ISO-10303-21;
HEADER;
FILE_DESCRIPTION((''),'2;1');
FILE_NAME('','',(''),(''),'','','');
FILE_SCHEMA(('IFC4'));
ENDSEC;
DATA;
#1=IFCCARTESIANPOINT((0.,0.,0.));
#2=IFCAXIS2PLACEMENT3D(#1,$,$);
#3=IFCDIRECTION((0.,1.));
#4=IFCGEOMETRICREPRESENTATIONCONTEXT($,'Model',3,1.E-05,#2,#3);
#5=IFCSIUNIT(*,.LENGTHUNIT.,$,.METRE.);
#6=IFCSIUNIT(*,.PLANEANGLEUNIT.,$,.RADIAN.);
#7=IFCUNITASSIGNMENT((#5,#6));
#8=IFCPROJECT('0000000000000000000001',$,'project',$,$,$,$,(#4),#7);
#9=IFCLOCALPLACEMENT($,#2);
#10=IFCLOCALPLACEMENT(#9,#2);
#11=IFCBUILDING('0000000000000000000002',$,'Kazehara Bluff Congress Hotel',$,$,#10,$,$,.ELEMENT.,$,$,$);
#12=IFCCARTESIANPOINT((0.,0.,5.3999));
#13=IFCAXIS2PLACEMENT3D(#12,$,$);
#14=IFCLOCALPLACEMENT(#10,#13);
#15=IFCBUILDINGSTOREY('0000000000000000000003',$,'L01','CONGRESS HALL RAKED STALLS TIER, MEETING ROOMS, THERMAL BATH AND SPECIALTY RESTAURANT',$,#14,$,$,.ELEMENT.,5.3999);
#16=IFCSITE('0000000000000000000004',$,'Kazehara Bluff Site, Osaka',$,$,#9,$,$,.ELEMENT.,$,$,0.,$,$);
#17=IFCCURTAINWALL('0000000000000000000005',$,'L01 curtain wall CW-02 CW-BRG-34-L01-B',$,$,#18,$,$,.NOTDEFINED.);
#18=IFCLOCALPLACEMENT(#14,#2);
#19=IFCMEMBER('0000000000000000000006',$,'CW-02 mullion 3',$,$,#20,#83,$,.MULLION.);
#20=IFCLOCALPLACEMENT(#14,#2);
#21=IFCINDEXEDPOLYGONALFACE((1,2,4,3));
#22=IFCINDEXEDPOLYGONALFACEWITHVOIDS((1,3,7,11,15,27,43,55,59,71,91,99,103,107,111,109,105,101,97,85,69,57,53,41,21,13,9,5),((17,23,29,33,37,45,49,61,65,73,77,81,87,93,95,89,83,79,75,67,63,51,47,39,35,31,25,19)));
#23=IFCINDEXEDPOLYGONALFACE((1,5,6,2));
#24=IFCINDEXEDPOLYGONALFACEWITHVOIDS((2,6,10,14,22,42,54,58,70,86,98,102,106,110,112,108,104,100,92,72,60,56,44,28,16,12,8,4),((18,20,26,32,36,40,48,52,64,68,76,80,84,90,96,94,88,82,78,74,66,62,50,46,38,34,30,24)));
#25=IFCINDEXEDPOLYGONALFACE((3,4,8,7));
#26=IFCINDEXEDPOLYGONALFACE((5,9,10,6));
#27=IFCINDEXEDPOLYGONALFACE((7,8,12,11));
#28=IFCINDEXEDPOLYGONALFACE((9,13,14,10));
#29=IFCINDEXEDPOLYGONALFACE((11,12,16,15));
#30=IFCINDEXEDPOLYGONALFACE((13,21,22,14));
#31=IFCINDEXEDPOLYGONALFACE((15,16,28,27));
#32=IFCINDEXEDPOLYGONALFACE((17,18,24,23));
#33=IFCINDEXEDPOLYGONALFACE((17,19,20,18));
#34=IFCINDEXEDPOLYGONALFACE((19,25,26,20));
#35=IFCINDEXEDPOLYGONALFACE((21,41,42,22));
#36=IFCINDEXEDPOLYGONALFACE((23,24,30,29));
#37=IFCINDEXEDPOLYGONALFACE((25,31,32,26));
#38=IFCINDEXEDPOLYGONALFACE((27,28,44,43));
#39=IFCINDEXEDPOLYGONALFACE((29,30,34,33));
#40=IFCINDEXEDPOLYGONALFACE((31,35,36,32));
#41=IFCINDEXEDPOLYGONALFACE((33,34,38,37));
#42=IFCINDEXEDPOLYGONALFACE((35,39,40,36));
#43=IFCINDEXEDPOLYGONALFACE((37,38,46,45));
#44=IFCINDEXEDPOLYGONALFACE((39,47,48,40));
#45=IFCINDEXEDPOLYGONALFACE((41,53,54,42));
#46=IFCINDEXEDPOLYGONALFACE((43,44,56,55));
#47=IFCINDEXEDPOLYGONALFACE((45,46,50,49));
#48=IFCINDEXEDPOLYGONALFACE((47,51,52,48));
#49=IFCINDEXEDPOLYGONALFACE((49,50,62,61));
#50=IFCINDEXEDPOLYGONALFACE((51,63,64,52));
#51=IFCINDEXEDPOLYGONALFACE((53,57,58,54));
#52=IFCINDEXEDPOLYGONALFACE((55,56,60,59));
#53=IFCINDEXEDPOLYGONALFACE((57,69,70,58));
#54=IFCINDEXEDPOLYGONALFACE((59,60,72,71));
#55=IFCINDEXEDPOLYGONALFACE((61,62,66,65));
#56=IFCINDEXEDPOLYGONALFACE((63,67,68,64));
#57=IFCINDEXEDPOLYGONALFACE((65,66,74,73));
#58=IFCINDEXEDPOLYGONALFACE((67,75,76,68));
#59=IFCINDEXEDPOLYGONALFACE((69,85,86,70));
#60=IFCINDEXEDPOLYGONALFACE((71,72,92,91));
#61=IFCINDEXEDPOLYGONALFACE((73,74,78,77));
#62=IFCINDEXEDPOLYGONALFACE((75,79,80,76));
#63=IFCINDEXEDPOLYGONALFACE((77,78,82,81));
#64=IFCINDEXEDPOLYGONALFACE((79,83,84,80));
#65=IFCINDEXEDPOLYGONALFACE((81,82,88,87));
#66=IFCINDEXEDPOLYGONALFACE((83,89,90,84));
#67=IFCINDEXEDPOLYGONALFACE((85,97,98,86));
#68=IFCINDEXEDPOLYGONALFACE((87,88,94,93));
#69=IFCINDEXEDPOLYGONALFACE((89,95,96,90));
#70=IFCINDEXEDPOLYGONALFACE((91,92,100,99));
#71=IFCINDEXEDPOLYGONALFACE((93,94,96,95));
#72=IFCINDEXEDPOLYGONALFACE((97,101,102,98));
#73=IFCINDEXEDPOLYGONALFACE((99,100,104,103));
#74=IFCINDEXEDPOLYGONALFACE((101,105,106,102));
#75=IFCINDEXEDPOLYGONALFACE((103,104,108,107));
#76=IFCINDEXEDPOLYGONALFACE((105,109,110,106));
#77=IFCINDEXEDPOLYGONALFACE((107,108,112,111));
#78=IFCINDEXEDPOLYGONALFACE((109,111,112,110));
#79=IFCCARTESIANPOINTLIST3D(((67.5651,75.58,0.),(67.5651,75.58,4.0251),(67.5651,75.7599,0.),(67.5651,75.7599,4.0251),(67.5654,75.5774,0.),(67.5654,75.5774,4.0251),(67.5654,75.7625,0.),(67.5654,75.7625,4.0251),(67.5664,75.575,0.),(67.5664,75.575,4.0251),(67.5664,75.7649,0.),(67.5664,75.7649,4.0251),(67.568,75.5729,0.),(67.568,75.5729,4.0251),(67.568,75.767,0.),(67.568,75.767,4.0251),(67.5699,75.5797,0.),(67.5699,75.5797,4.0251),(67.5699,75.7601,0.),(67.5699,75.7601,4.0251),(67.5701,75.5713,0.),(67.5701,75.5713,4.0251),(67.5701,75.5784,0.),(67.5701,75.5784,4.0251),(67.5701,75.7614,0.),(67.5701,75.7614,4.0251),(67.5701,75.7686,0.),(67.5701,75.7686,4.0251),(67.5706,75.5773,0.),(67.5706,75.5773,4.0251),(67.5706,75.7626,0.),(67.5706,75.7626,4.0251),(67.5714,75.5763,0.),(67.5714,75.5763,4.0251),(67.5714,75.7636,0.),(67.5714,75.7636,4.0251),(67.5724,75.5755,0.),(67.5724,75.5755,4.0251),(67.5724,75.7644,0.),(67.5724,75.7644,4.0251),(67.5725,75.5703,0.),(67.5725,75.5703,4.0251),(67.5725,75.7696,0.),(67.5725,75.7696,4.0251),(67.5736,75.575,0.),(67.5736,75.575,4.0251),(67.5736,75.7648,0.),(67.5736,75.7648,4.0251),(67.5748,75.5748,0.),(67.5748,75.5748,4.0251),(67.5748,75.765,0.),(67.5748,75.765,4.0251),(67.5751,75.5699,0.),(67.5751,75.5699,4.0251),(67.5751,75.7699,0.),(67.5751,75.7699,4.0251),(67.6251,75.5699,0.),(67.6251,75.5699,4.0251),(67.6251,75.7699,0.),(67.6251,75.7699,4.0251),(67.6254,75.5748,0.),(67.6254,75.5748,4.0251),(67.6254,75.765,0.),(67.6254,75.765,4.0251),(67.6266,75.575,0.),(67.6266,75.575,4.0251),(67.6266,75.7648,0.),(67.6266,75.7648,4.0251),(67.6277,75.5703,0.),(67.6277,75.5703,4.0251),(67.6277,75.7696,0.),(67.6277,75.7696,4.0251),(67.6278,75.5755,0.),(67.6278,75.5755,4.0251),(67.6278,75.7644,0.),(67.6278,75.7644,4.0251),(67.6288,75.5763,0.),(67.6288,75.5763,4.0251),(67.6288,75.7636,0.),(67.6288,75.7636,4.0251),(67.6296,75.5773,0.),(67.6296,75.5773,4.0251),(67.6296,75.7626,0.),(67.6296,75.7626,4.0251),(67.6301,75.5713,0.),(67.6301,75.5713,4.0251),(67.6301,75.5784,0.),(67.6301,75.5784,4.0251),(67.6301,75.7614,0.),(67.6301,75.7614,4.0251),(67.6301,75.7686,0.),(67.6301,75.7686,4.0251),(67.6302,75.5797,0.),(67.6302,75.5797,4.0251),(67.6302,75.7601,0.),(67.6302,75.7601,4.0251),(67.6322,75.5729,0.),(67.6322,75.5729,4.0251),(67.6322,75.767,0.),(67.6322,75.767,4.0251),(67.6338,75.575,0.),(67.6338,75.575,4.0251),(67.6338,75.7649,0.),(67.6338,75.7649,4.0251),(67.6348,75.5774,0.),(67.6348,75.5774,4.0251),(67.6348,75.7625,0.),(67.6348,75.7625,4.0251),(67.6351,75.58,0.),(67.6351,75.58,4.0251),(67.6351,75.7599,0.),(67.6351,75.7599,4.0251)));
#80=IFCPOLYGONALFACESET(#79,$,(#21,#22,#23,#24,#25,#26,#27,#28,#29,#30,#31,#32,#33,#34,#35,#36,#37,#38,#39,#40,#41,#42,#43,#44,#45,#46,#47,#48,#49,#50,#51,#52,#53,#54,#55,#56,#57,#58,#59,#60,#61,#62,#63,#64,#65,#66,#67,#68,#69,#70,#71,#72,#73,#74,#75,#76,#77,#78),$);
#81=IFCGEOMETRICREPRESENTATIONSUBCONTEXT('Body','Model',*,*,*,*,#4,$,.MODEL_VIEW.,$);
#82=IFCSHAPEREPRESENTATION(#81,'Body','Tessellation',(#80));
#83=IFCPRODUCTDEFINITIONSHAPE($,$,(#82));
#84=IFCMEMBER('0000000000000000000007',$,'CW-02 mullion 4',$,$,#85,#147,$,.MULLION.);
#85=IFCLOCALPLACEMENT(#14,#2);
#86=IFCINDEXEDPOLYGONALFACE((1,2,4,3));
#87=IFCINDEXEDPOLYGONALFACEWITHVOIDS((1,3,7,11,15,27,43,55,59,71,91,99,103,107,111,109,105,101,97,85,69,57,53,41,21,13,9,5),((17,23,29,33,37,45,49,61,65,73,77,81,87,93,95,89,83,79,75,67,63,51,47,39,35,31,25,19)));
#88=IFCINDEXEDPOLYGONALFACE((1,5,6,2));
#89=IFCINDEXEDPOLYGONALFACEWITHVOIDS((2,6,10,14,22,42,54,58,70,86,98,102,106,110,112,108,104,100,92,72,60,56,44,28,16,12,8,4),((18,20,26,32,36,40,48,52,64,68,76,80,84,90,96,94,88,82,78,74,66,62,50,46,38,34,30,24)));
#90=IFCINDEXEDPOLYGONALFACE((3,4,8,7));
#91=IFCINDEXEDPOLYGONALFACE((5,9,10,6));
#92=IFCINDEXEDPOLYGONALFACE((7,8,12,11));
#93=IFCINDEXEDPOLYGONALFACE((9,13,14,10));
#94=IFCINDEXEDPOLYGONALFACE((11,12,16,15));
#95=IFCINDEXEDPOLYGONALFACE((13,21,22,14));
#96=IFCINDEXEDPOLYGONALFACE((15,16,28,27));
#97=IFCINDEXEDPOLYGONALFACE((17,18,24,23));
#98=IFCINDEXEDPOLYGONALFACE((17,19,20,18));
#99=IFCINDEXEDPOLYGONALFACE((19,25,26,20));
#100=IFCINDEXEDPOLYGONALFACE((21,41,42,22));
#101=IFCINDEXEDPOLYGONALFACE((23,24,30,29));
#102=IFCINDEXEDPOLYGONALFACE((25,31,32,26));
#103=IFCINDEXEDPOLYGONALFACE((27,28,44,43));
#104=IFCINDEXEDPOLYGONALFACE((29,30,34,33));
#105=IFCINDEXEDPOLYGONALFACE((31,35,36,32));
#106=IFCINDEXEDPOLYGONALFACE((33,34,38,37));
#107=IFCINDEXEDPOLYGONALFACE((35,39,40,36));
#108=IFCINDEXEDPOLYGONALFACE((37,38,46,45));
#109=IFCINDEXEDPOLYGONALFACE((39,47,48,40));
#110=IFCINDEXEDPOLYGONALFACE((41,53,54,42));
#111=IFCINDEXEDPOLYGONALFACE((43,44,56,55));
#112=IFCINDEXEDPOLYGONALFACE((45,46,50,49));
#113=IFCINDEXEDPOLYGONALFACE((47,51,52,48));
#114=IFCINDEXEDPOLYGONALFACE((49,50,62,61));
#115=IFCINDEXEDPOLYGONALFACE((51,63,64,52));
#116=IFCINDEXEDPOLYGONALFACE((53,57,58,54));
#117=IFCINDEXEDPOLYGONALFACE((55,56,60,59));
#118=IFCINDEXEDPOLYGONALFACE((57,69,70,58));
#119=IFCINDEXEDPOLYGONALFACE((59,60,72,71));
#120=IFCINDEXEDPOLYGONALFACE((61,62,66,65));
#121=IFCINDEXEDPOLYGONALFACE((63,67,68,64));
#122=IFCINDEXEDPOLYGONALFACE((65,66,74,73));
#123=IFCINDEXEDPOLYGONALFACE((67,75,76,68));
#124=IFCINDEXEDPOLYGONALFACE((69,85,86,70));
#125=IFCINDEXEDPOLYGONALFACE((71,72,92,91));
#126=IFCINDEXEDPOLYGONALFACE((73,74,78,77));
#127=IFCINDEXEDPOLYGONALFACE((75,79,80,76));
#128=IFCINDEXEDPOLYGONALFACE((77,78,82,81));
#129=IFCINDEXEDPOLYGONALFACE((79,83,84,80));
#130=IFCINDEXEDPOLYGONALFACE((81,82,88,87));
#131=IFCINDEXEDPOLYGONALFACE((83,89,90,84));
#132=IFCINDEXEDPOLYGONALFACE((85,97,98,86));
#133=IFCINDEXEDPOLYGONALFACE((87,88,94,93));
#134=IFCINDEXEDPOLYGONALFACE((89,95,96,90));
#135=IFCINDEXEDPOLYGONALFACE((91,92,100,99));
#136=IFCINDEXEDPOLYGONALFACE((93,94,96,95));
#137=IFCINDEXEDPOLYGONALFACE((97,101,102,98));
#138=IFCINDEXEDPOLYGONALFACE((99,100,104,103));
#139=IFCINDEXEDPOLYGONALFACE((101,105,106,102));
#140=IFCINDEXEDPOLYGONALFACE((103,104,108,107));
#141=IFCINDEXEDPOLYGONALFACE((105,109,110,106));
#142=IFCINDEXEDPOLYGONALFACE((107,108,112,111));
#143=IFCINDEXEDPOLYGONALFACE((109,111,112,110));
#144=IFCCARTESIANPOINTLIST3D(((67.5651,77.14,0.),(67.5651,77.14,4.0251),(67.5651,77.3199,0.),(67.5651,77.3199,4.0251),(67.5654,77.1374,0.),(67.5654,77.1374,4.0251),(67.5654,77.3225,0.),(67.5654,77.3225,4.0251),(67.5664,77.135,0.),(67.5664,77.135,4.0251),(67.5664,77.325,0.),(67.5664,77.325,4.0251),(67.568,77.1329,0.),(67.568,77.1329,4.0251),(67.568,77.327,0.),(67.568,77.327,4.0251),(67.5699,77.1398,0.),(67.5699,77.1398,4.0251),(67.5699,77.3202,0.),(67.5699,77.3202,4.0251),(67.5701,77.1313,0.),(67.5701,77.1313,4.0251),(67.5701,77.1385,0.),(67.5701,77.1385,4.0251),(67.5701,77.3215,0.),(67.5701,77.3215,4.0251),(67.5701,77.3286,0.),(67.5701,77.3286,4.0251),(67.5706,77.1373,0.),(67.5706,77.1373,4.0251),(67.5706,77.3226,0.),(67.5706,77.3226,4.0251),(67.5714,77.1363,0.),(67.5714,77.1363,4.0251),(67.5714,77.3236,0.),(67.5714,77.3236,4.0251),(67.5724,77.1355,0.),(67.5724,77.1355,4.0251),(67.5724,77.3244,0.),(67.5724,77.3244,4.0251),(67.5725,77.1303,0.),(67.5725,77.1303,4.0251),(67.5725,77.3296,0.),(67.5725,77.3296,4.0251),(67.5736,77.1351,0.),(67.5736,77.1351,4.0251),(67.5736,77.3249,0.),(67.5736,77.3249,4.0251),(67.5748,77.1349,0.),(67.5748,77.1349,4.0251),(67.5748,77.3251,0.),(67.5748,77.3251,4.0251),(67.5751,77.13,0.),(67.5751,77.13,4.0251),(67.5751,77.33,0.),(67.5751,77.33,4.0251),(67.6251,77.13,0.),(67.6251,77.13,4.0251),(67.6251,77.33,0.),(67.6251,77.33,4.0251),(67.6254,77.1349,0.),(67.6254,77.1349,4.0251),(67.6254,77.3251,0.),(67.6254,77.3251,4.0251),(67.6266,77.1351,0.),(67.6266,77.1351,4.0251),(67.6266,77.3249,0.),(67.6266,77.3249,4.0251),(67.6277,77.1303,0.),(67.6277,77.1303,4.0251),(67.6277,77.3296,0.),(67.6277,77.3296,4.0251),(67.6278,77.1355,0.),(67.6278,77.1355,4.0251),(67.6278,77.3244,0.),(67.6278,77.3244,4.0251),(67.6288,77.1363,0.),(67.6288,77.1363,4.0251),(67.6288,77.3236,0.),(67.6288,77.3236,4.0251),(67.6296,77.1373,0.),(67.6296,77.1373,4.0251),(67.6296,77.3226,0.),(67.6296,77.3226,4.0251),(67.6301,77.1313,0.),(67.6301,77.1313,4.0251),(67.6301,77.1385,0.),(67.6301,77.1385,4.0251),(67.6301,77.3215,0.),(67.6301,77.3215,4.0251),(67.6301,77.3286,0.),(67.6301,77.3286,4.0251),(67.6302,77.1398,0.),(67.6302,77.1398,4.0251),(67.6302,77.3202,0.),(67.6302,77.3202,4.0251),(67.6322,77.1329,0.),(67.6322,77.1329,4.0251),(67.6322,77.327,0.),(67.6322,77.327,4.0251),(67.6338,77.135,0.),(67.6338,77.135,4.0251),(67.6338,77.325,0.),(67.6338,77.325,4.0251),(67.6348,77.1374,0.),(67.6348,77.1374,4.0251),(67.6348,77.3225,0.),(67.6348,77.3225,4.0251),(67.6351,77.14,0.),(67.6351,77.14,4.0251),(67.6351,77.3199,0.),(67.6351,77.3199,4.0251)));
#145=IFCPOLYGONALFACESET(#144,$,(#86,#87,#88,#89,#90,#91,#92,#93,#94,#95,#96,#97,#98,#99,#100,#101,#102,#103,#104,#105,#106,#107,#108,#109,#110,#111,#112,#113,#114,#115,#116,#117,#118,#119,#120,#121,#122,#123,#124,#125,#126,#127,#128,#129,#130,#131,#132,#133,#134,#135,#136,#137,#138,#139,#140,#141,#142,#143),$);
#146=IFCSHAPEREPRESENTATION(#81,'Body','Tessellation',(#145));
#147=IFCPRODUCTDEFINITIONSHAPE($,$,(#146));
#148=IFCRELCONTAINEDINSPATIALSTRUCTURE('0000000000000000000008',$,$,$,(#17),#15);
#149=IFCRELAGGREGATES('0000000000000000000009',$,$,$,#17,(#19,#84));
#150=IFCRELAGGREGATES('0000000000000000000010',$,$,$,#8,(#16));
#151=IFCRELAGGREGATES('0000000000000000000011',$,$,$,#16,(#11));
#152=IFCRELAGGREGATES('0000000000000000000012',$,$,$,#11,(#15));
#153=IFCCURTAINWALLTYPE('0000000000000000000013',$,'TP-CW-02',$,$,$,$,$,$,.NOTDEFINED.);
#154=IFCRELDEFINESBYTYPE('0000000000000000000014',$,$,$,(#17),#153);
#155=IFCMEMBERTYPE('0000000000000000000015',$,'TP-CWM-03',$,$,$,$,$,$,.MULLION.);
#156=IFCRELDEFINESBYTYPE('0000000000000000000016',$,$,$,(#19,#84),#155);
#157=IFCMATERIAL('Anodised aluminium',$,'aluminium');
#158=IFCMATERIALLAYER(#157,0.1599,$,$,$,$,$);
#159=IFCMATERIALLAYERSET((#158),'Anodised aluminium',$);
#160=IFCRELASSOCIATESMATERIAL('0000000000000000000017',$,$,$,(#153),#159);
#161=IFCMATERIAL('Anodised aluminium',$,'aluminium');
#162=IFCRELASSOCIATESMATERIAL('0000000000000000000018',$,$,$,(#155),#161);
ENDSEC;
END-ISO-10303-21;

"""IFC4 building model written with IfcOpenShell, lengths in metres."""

from ifc_helpers import new_model, si_unit, direction, frame, origin, origin_2d, place, context, subcontext, project, spatial, hollow_rectangle, extrude, material, layer, layer_set, material_profile, profile_set, type_object, element, aggregate, save


model = new_model("IFC4")

# Units and contexts
model_context = context("Model", 3, precision=1e-05, world=origin(), true_north=direction((0.0, 1.0)))
body_context = subcontext(model_context, "Body", "Model", "MODEL_VIEW")
ifc_project = project(units=[si_unit("LENGTHUNIT", "METRE"), si_unit("PLANEANGLEUNIT", "RADIAN")], contexts=[model_context])

# Site, building, storey
site_placement = place(None, origin())
site = spatial("IfcSite", under=ifc_project, at=site_placement, Name="Kazehara Bluff Site, Osaka", CompositionType="ELEMENT", RefElevation=0.0)
building_placement = place(site_placement, origin())
building = spatial("IfcBuilding", under=site, at=building_placement, Name="Kazehara Bluff Congress Hotel", CompositionType="ELEMENT")
storey_placement = place(building_placement, frame((0.0, 0.0, 5.3999)))
storey = spatial("IfcBuildingStorey", under=building, at=storey_placement, Name="L01", Description="CONGRESS HALL RAKED STALLS TIER, MEETING ROOMS, THERMAL BATH AND SPECIALTY RESTAURANT", CompositionType="ELEMENT", Elevation=5.3999)

# Curtain wall, members
ifc_material_1 = material(Name="Anodised aluminium", Category="aluminium")
ifc_layer_1 = layer(ifc_material_1, 0.1599)
ifc_layer_set_1 = layer_set([ifc_layer_1], Name="Anodised aluminium")
curtain_wall_type = type_object("IfcCurtainWallType", Name="TP-CW-02", PredefinedType="NOTDEFINED", material=ifc_layer_set_1)
curtain_wall_1_placement = place(storey_placement, origin())
curtain_wall_1 = element("IfcCurtainWall", 1, at=curtain_wall_1_placement, inside=storey, type_object=curtain_wall_type, Name="L01 curtain wall CW-02 CW-BRG-34-L01-B", PredefinedType="NOTDEFINED")
ifc_material_2 = material(Name="Anodised aluminium", Category="aluminium")
ifc_material_profile_1 = material_profile(ifc_material_2, hollow_rectangle(XDim=0.0701, YDim=0.2, WallThickness=0.0049, InnerFilletRadius=0.0049, OuterFilletRadius=0.01, at=origin_2d()))
ifc_profile_set_1 = profile_set([ifc_material_profile_1], Name="Anodised aluminium")
member_type_1 = type_object("IfcMemberType", Name="TP-CWM-03", PredefinedType="MULLION", material=ifc_profile_set_1)
member_1_placement = place(storey_placement, frame((67.6001, 75.6699, 0.0), z_axis=(0.0, 0.0, 1.0), x_axis=(-1.0, 0.0, 0.0)))
member_1 = element("IfcMember", 2, at=member_1_placement, type_object=member_type_1, Name="CW-02 mullion 3", PredefinedType="MULLION", context=body_context, shape_type="SweptSolid", body=[
    extrude(hollow_rectangle(XDim=0.0701, YDim=0.2, WallThickness=0.0049, InnerFilletRadius=0.0049, OuterFilletRadius=0.01, at=origin_2d()), origin(), (0.0, 0.0, 1.0), 4.0251),
])
member_2_placement = place(storey_placement, frame((67.6001, 77.23, 0.0), z_axis=(0.0, 0.0, 1.0), x_axis=(-1.0, 0.0, 0.0)))
member_2 = element("IfcMember", 3, at=member_2_placement, type_object=member_type_1, Name="CW-02 mullion 4", PredefinedType="MULLION", context=body_context, shape_type="SweptSolid", body=[
    extrude(hollow_rectangle(XDim=0.0701, YDim=0.2, WallThickness=0.0049, InnerFilletRadius=0.0049, OuterFilletRadius=0.01, at=origin_2d()), origin(), (0.0, 0.0, 1.0), 4.0251),
])

aggregate(curtain_wall_1, [member_1, member_2])

save(model, "model.ifc")
